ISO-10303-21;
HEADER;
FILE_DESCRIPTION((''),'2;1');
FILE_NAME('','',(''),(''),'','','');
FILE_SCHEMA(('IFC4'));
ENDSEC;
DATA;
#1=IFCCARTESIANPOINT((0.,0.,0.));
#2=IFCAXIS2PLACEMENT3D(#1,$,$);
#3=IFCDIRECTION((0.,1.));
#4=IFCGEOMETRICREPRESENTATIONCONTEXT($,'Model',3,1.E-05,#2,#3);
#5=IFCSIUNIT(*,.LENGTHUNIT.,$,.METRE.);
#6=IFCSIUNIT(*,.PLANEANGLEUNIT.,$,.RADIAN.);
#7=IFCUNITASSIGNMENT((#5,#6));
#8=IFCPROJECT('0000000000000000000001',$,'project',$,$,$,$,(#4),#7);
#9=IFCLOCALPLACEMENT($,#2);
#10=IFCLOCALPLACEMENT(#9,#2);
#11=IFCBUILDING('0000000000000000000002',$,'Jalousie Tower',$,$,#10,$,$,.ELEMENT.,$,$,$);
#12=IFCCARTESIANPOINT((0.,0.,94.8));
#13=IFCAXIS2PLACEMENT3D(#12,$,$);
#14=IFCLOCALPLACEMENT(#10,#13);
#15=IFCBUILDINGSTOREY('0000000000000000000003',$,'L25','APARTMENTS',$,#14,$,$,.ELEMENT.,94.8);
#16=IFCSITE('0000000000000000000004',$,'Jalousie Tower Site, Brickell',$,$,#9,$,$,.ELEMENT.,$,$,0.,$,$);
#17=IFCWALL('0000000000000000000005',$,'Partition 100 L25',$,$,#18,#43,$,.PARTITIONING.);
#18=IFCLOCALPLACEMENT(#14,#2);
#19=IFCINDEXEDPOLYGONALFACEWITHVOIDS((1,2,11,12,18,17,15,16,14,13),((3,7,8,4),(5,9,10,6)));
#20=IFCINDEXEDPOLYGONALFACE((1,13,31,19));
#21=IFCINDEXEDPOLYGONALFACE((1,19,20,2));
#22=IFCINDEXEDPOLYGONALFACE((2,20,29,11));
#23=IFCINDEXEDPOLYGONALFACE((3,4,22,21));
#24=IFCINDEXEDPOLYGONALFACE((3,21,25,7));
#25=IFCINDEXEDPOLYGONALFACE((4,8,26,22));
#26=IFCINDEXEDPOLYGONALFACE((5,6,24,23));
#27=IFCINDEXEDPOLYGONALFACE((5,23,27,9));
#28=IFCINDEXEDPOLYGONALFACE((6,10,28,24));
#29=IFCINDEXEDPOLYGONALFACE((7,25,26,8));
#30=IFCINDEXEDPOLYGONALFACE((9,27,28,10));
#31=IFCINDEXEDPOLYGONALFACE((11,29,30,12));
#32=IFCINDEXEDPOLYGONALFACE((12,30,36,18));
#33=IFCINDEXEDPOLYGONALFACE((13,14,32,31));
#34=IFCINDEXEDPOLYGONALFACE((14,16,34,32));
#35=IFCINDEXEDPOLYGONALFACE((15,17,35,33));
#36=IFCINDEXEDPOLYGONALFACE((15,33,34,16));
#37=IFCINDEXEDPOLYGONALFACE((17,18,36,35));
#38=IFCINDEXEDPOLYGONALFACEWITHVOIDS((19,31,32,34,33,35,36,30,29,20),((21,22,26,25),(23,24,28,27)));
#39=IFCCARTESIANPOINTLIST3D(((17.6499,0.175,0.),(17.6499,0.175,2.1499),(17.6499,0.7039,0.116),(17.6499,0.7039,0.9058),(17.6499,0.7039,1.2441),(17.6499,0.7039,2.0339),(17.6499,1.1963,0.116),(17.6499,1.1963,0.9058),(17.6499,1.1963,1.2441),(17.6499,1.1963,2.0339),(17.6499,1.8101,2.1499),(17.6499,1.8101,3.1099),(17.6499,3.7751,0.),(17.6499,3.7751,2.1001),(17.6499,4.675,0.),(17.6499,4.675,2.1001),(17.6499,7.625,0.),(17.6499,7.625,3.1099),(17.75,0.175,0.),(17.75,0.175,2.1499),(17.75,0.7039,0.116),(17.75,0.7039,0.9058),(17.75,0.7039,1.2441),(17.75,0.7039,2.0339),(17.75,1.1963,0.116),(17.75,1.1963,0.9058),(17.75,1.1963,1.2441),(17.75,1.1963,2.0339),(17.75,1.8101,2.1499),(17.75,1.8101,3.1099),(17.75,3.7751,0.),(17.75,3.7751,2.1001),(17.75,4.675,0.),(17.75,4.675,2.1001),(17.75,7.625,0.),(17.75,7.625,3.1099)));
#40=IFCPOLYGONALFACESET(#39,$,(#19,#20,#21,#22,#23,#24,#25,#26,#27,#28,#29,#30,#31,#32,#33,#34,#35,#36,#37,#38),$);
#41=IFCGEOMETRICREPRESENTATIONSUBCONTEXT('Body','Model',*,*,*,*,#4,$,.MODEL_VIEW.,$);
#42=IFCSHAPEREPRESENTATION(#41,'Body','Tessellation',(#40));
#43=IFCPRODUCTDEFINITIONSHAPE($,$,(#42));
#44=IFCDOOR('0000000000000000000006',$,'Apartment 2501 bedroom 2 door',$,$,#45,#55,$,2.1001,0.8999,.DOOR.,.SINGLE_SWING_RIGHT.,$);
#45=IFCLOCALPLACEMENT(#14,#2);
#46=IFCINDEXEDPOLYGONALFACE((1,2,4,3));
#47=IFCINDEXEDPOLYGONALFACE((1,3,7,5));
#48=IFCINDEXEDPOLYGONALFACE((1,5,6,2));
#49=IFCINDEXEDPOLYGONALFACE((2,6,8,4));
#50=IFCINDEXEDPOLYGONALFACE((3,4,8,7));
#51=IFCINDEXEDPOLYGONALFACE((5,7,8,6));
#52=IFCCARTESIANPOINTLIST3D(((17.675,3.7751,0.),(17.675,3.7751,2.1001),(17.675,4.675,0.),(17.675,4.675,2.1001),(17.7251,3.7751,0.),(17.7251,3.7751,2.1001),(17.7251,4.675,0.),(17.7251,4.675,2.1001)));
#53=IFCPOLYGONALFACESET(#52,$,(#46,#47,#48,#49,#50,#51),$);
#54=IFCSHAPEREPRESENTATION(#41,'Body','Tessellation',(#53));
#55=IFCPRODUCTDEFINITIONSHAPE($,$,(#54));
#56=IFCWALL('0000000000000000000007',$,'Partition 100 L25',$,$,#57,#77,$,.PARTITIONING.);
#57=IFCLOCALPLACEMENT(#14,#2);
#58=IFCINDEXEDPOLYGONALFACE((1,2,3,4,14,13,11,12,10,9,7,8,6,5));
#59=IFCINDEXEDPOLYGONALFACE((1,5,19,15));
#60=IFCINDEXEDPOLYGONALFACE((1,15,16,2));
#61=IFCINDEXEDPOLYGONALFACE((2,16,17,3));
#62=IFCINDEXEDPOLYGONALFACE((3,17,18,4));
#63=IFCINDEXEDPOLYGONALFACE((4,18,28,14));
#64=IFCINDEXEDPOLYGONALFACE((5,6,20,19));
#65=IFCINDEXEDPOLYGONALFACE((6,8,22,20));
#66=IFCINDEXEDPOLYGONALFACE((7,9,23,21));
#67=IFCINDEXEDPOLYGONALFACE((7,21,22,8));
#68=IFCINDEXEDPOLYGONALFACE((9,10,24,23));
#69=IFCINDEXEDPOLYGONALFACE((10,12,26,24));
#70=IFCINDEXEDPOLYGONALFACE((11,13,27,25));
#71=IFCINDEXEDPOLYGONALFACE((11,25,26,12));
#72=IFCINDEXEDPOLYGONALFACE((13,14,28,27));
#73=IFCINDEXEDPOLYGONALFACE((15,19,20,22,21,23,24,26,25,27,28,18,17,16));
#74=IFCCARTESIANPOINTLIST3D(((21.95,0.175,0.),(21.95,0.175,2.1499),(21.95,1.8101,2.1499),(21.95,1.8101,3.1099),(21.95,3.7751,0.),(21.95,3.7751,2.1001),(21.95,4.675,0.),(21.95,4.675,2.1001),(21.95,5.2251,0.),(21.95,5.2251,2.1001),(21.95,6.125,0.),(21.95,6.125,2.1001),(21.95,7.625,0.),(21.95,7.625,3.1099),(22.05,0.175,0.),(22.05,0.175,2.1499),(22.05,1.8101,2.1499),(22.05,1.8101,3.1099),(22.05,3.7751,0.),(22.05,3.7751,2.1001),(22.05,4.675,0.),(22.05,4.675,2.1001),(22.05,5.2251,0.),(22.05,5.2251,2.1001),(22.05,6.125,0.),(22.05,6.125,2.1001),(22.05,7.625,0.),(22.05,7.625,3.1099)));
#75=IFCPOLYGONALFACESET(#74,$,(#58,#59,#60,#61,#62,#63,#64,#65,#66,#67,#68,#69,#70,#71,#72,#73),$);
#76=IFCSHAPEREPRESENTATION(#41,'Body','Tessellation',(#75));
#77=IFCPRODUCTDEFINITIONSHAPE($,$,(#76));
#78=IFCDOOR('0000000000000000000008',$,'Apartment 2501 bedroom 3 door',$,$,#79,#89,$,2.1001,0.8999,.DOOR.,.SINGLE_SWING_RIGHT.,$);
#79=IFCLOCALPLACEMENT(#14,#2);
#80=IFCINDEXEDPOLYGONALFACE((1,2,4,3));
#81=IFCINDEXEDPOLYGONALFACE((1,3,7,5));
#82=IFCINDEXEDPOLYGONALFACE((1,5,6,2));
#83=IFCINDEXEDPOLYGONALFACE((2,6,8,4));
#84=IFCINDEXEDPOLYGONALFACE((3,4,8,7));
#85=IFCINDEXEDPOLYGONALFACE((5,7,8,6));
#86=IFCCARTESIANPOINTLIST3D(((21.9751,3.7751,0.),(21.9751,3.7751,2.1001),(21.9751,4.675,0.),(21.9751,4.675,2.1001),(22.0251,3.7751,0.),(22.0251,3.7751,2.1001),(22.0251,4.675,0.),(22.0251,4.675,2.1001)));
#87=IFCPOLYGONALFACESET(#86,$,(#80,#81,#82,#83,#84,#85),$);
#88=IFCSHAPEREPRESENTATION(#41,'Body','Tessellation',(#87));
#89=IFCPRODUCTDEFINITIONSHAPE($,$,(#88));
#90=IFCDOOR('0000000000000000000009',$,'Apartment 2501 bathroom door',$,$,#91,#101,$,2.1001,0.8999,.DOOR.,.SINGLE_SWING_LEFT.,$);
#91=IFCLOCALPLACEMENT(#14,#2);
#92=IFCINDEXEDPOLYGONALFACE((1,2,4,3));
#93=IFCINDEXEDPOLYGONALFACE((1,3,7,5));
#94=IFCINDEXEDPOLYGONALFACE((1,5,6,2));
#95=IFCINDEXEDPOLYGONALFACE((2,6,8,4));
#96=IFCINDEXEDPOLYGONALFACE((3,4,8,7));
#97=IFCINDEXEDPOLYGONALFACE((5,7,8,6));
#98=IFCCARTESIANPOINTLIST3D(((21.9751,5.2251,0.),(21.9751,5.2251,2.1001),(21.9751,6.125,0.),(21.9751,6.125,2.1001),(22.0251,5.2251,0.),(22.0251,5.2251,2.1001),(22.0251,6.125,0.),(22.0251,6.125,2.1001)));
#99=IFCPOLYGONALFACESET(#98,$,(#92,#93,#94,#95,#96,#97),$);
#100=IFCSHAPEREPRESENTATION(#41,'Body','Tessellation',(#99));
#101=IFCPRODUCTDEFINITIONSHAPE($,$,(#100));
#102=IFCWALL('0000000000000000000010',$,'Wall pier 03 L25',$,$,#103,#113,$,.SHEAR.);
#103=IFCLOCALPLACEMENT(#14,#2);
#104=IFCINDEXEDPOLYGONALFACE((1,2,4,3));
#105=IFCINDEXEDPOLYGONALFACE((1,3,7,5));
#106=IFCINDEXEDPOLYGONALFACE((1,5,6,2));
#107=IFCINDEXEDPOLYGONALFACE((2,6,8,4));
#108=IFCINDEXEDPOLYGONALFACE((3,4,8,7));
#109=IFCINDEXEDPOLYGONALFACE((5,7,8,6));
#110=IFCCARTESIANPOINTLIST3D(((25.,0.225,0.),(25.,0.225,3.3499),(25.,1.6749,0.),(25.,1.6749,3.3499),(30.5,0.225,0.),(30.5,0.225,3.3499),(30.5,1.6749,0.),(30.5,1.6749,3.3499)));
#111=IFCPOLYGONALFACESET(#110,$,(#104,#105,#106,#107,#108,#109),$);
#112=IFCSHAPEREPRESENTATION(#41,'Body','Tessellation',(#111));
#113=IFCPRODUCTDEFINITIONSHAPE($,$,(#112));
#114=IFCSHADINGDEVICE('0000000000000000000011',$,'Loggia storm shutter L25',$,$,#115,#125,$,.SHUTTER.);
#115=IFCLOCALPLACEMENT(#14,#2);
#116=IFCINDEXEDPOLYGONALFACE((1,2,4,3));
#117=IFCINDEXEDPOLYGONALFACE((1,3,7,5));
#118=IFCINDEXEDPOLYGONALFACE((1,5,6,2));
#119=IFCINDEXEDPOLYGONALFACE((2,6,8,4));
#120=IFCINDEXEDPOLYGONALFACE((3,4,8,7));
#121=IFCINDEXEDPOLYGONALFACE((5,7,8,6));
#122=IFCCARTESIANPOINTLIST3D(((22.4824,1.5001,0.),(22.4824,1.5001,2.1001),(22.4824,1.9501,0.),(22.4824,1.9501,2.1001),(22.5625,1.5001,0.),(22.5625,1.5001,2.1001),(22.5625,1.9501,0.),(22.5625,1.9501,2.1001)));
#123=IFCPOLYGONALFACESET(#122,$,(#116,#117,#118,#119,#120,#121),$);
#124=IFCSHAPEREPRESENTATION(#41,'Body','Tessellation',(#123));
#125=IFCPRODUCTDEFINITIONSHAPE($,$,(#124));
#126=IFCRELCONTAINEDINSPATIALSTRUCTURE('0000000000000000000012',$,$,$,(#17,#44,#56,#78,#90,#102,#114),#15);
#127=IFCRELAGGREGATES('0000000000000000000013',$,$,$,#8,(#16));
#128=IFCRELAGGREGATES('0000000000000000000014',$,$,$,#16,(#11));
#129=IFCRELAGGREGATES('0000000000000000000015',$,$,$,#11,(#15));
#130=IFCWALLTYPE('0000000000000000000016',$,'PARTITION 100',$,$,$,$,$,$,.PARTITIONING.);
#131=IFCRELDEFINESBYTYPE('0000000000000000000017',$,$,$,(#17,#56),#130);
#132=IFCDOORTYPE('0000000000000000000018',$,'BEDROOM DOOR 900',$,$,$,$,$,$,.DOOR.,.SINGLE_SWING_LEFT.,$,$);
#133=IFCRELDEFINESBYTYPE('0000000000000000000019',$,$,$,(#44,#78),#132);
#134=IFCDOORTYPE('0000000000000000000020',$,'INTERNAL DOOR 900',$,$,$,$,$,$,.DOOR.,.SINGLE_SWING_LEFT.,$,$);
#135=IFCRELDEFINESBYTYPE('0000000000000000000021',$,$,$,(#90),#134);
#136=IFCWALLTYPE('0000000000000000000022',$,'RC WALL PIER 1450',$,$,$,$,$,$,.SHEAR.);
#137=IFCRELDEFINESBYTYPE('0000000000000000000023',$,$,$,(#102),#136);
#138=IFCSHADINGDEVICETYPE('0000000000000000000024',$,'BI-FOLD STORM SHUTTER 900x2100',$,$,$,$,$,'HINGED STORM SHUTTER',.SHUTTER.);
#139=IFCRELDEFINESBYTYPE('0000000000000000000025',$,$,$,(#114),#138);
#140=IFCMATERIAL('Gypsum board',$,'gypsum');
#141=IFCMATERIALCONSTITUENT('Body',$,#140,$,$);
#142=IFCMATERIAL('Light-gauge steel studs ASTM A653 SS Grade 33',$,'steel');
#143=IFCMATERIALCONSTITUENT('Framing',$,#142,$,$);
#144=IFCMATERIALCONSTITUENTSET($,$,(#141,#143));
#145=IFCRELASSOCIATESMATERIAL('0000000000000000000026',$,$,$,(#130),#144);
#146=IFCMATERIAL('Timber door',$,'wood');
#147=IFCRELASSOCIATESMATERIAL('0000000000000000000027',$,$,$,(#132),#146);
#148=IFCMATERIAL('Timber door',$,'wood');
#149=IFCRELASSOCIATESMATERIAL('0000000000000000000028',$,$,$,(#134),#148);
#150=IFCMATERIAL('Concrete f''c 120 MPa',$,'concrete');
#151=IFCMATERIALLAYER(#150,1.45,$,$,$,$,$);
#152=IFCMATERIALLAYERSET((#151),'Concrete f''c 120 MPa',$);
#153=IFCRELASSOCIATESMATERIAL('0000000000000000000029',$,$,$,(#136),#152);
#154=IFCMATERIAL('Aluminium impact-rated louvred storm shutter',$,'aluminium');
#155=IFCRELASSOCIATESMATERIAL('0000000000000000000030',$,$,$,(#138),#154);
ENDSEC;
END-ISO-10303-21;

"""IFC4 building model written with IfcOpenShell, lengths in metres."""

from ifc_helpers import new_model, si_unit, direction, frame, frame_2d, origin, origin_2d, place, context, subcontext, project, spatial, polyline, rectangle, outline, extrude, material, layer, layer_set, constituent, constituent_set, type_object, element, fill, save


model = new_model("IFC4")

# Units and contexts
model_context = context("Model", 3, precision=1e-05, world=origin(), true_north=direction((0.0, 1.0)))
body_context = subcontext(model_context, "Body", "Model", "MODEL_VIEW")
ifc_project = project(units=[si_unit("LENGTHUNIT", "METRE"), si_unit("PLANEANGLEUNIT", "RADIAN")], contexts=[model_context])

# Site, building, storey
site_placement = place(None, origin())
site = spatial("IfcSite", under=ifc_project, at=site_placement, Name="Jalousie Tower Site, Brickell", CompositionType="ELEMENT", RefElevation=0.0)
building_placement = place(site_placement, origin())
building = spatial("IfcBuilding", under=site, at=building_placement, Name="Jalousie Tower", CompositionType="ELEMENT")
storey_placement = place(building_placement, frame((0.0, 0.0, 94.8)))
storey = spatial("IfcBuildingStorey", under=building, at=storey_placement, Name="L25", Description="APARTMENTS", CompositionType="ELEMENT", Elevation=94.8)

# Wall, opening, door
ifc_material_1 = material(Name="Gypsum board", Category="gypsum")
ifc_constituent_1 = constituent(ifc_material_1, Name="Body")
ifc_material_2 = material(Name="Light-gauge steel studs ASTM A653 SS Grade 33", Category="steel")
ifc_constituent_2 = constituent(ifc_material_2, Name="Framing")
ifc_constituent_set_1 = constituent_set(constituents=[ifc_constituent_1, ifc_constituent_2])
wall_type_1 = type_object("IfcWallType", Name="PARTITION 100", PredefinedType="PARTITIONING", material=ifc_constituent_set_1)
wall_1_placement = place(storey_placement, frame((17.7, 0.175, 0.0), z_axis=(0.0, 0.0, 1.0), x_axis=(0.0, 1.0, 0.0)))
wall_1 = element("IfcWall", 1, at=wall_1_placement, inside=storey, type_object=wall_type_1, Name="Partition 100 L25", PredefinedType="PARTITIONING", context=body_context, shape_type="SweptSolid", body=[
    extrude(outline(polyline([(1.635, 2.1499), (0.0, 2.1499), (0.0, 0.0), (7.45, 0.0), (7.45, 3.1099), (1.635, 3.1099), (1.635, 2.1499)]), holes=[polyline([(1.0212, 0.116), (0.5288, 0.116), (0.5288, 0.9058), (1.0212, 0.9058), (1.0212, 0.116)]), polyline([(1.0212, 1.2441), (0.5288, 1.2441), (0.5288, 2.0339), (1.0212, 2.0339), (1.0212, 1.2441)])]), frame((0.0, 0.05, 0.0), z_axis=(0.0, -1.0, 0.0), x_axis=(1.0, 0.0, 0.0)), (0.0, 0.0, 1.0), 0.1001),
])
opening_1_placement = place(wall_1_placement, frame((3.6001, 0.0, 0.0)))
opening_1 = element("IfcOpeningElement", 2, at=opening_1_placement, cuts=wall_1, PredefinedType="OPENING", context=body_context, shape_type="SweptSolid", body=[
    extrude(rectangle(XDim=0.8999, YDim=2.1001, at=frame_2d((0.45, 1.05))), frame((0.0, 0.0601, 0.0), z_axis=(0.0, -1.0, 0.0), x_axis=(1.0, 0.0, 0.0)), (0.0, 0.0, 1.0), 0.1201),
])
ifc_material_3 = material(Name="Timber door", Category="wood")
door_type_1 = type_object("IfcDoorType", Name="BEDROOM DOOR 900", OperationType="SINGLE_SWING_LEFT", PredefinedType="DOOR", material=ifc_material_3)
door_1_placement = place(opening_1_placement, origin())
door_1 = element("IfcDoor", 3, at=door_1_placement, inside=storey, type_object=door_type_1, Name="Apartment 2501 bedroom 2 door", OperationType="SINGLE_SWING_RIGHT", OverallHeight=2.1001, OverallWidth=0.8999, PredefinedType="DOOR", context=body_context, shape_type="SweptSolid", body=[
    extrude(rectangle(XDim=0.8999, YDim=2.1001, at=frame_2d((0.45, 1.05))), frame((0.0, 0.0249, 0.0), z_axis=(0.0, -1.0, 0.0), x_axis=(1.0, 0.0, 0.0)), (0.0, 0.0, 1.0), 0.05),
])
fill(opening_1, door_1)

# Wall, openings, doors
wall_2_placement = place(storey_placement, frame((22.0, 0.175, 0.0), z_axis=(0.0, 0.0, 1.0), x_axis=(0.0, 1.0, 0.0)))
wall_2 = element("IfcWall", 4, at=wall_2_placement, inside=storey, type_object=wall_type_1, Name="Partition 100 L25", PredefinedType="PARTITIONING", context=body_context, shape_type="SweptSolid", body=[
    extrude(outline(polyline([(0.0, 0.0), (7.45, 0.0), (7.45, 3.1099), (1.635, 3.1099), (1.635, 2.1499), (0.0, 2.1499), (0.0, 3.1099), (0.0, 0.0)])), frame((0.0, 0.05, 0.0), z_axis=(0.0, -1.0, 0.0), x_axis=(1.0, 0.0, 0.0)), (0.0, 0.0, 1.0), 0.1001),
])
opening_2_placement = place(wall_2_placement, frame((3.6001, 0.0, 0.0)))
opening_2 = element("IfcOpeningElement", 5, at=opening_2_placement, cuts=wall_2, PredefinedType="OPENING", context=body_context, shape_type="SweptSolid", body=[
    extrude(rectangle(XDim=0.8999, YDim=2.1001, at=frame_2d((0.45, 1.05))), frame((0.0, 0.0601, 0.0), z_axis=(0.0, -1.0, 0.0), x_axis=(1.0, 0.0, 0.0)), (0.0, 0.0, 1.0), 0.1201),
])
opening_3_placement = place(wall_2_placement, frame((5.05, 0.0, 0.0)))
opening_3 = element("IfcOpeningElement", 6, at=opening_3_placement, cuts=wall_2, PredefinedType="OPENING", context=body_context, shape_type="SweptSolid", body=[
    extrude(rectangle(XDim=0.8999, YDim=2.1001, at=frame_2d((0.45, 1.05))), frame((0.0, 0.0601, 0.0), z_axis=(0.0, -1.0, 0.0), x_axis=(1.0, 0.0, 0.0)), (0.0, 0.0, 1.0), 0.1201),
])
door_2_placement = place(opening_2_placement, origin())
door_2 = element("IfcDoor", 7, at=door_2_placement, inside=storey, type_object=door_type_1, Name="Apartment 2501 bedroom 3 door", OperationType="SINGLE_SWING_RIGHT", OverallHeight=2.1001, OverallWidth=0.8999, PredefinedType="DOOR", context=body_context, shape_type="SweptSolid", body=[
    extrude(rectangle(XDim=0.8999, YDim=2.1001, at=frame_2d((0.45, 1.05))), frame((0.0, 0.0249, 0.0), z_axis=(0.0, -1.0, 0.0), x_axis=(1.0, 0.0, 0.0)), (0.0, 0.0, 1.0), 0.05),
])
fill(opening_2, door_2)
ifc_material_4 = material(Name="Timber door", Category="wood")
door_type_2 = type_object("IfcDoorType", Name="INTERNAL DOOR 900", OperationType="SINGLE_SWING_LEFT", PredefinedType="DOOR", material=ifc_material_4)
door_3_placement = place(opening_3_placement, origin())
door_3 = element("IfcDoor", 8, at=door_3_placement, inside=storey, type_object=door_type_2, Name="Apartment 2501 bathroom door", OperationType="SINGLE_SWING_LEFT", OverallHeight=2.1001, OverallWidth=0.8999, PredefinedType="DOOR", context=body_context, shape_type="SweptSolid", body=[
    extrude(rectangle(XDim=0.8999, YDim=2.1001, at=frame_2d((0.45, 1.05))), frame((0.0, 0.0249, 0.0), z_axis=(0.0, -1.0, 0.0), x_axis=(1.0, 0.0, 0.0)), (0.0, 0.0, 1.0), 0.05),
])
fill(opening_3, door_3)

# Wall
ifc_material_5 = material(Name="Concrete f'c 120 MPa", Category="concrete")
ifc_layer_1 = layer(ifc_material_5, 1.45)
ifc_layer_set_1 = layer_set([ifc_layer_1], Name="Concrete f'c 120 MPa")
wall_type_2 = type_object("IfcWallType", Name="RC WALL PIER 1450", PredefinedType="SHEAR", material=ifc_layer_set_1)
wall_3_placement = place(storey_placement, frame((25.0, 0.95, 0.0), z_axis=(0.0, 0.0, 1.0), x_axis=(1.0, 0.0, 0.0)))
element("IfcWall", 9, at=wall_3_placement, inside=storey, type_object=wall_type_2, Name="Wall pier 03 L25", PredefinedType="SHEAR", context=body_context, shape_type="SweptSolid", body=[
    extrude(rectangle(XDim=5.5, YDim=1.45, at=frame_2d((2.75, 0.0))), origin(), (0.0, 0.0, 1.0), 3.3499),
])

# Shading device
ifc_material_6 = material(Name="Aluminium impact-rated louvred storm shutter", Category="aluminium")
shading_device_type_1 = type_object("IfcShadingDeviceType", Name="BI-FOLD STORM SHUTTER 900x2100", ElementType="HINGED STORM SHUTTER", PredefinedType="SHUTTER", material=ifc_material_6)
shading_device_1_placement = place(storey_placement, frame((22.5225, 1.7251, 0.0), z_axis=(0.0, 0.0, 1.0), x_axis=(0.0, 1.0, 0.0)))
element("IfcShadingDevice", 10, at=shading_device_1_placement, inside=storey, type_object=shading_device_type_1, Name="Loggia storm shutter L25", PredefinedType="SHUTTER", context=body_context, shape_type="SweptSolid", body=[
    extrude(rectangle(XDim=0.45, YDim=0.0801, at=origin_2d()), origin(), (0.0, 0.0, 1.0), 2.1001),
])

save(model, "model.ifc")
